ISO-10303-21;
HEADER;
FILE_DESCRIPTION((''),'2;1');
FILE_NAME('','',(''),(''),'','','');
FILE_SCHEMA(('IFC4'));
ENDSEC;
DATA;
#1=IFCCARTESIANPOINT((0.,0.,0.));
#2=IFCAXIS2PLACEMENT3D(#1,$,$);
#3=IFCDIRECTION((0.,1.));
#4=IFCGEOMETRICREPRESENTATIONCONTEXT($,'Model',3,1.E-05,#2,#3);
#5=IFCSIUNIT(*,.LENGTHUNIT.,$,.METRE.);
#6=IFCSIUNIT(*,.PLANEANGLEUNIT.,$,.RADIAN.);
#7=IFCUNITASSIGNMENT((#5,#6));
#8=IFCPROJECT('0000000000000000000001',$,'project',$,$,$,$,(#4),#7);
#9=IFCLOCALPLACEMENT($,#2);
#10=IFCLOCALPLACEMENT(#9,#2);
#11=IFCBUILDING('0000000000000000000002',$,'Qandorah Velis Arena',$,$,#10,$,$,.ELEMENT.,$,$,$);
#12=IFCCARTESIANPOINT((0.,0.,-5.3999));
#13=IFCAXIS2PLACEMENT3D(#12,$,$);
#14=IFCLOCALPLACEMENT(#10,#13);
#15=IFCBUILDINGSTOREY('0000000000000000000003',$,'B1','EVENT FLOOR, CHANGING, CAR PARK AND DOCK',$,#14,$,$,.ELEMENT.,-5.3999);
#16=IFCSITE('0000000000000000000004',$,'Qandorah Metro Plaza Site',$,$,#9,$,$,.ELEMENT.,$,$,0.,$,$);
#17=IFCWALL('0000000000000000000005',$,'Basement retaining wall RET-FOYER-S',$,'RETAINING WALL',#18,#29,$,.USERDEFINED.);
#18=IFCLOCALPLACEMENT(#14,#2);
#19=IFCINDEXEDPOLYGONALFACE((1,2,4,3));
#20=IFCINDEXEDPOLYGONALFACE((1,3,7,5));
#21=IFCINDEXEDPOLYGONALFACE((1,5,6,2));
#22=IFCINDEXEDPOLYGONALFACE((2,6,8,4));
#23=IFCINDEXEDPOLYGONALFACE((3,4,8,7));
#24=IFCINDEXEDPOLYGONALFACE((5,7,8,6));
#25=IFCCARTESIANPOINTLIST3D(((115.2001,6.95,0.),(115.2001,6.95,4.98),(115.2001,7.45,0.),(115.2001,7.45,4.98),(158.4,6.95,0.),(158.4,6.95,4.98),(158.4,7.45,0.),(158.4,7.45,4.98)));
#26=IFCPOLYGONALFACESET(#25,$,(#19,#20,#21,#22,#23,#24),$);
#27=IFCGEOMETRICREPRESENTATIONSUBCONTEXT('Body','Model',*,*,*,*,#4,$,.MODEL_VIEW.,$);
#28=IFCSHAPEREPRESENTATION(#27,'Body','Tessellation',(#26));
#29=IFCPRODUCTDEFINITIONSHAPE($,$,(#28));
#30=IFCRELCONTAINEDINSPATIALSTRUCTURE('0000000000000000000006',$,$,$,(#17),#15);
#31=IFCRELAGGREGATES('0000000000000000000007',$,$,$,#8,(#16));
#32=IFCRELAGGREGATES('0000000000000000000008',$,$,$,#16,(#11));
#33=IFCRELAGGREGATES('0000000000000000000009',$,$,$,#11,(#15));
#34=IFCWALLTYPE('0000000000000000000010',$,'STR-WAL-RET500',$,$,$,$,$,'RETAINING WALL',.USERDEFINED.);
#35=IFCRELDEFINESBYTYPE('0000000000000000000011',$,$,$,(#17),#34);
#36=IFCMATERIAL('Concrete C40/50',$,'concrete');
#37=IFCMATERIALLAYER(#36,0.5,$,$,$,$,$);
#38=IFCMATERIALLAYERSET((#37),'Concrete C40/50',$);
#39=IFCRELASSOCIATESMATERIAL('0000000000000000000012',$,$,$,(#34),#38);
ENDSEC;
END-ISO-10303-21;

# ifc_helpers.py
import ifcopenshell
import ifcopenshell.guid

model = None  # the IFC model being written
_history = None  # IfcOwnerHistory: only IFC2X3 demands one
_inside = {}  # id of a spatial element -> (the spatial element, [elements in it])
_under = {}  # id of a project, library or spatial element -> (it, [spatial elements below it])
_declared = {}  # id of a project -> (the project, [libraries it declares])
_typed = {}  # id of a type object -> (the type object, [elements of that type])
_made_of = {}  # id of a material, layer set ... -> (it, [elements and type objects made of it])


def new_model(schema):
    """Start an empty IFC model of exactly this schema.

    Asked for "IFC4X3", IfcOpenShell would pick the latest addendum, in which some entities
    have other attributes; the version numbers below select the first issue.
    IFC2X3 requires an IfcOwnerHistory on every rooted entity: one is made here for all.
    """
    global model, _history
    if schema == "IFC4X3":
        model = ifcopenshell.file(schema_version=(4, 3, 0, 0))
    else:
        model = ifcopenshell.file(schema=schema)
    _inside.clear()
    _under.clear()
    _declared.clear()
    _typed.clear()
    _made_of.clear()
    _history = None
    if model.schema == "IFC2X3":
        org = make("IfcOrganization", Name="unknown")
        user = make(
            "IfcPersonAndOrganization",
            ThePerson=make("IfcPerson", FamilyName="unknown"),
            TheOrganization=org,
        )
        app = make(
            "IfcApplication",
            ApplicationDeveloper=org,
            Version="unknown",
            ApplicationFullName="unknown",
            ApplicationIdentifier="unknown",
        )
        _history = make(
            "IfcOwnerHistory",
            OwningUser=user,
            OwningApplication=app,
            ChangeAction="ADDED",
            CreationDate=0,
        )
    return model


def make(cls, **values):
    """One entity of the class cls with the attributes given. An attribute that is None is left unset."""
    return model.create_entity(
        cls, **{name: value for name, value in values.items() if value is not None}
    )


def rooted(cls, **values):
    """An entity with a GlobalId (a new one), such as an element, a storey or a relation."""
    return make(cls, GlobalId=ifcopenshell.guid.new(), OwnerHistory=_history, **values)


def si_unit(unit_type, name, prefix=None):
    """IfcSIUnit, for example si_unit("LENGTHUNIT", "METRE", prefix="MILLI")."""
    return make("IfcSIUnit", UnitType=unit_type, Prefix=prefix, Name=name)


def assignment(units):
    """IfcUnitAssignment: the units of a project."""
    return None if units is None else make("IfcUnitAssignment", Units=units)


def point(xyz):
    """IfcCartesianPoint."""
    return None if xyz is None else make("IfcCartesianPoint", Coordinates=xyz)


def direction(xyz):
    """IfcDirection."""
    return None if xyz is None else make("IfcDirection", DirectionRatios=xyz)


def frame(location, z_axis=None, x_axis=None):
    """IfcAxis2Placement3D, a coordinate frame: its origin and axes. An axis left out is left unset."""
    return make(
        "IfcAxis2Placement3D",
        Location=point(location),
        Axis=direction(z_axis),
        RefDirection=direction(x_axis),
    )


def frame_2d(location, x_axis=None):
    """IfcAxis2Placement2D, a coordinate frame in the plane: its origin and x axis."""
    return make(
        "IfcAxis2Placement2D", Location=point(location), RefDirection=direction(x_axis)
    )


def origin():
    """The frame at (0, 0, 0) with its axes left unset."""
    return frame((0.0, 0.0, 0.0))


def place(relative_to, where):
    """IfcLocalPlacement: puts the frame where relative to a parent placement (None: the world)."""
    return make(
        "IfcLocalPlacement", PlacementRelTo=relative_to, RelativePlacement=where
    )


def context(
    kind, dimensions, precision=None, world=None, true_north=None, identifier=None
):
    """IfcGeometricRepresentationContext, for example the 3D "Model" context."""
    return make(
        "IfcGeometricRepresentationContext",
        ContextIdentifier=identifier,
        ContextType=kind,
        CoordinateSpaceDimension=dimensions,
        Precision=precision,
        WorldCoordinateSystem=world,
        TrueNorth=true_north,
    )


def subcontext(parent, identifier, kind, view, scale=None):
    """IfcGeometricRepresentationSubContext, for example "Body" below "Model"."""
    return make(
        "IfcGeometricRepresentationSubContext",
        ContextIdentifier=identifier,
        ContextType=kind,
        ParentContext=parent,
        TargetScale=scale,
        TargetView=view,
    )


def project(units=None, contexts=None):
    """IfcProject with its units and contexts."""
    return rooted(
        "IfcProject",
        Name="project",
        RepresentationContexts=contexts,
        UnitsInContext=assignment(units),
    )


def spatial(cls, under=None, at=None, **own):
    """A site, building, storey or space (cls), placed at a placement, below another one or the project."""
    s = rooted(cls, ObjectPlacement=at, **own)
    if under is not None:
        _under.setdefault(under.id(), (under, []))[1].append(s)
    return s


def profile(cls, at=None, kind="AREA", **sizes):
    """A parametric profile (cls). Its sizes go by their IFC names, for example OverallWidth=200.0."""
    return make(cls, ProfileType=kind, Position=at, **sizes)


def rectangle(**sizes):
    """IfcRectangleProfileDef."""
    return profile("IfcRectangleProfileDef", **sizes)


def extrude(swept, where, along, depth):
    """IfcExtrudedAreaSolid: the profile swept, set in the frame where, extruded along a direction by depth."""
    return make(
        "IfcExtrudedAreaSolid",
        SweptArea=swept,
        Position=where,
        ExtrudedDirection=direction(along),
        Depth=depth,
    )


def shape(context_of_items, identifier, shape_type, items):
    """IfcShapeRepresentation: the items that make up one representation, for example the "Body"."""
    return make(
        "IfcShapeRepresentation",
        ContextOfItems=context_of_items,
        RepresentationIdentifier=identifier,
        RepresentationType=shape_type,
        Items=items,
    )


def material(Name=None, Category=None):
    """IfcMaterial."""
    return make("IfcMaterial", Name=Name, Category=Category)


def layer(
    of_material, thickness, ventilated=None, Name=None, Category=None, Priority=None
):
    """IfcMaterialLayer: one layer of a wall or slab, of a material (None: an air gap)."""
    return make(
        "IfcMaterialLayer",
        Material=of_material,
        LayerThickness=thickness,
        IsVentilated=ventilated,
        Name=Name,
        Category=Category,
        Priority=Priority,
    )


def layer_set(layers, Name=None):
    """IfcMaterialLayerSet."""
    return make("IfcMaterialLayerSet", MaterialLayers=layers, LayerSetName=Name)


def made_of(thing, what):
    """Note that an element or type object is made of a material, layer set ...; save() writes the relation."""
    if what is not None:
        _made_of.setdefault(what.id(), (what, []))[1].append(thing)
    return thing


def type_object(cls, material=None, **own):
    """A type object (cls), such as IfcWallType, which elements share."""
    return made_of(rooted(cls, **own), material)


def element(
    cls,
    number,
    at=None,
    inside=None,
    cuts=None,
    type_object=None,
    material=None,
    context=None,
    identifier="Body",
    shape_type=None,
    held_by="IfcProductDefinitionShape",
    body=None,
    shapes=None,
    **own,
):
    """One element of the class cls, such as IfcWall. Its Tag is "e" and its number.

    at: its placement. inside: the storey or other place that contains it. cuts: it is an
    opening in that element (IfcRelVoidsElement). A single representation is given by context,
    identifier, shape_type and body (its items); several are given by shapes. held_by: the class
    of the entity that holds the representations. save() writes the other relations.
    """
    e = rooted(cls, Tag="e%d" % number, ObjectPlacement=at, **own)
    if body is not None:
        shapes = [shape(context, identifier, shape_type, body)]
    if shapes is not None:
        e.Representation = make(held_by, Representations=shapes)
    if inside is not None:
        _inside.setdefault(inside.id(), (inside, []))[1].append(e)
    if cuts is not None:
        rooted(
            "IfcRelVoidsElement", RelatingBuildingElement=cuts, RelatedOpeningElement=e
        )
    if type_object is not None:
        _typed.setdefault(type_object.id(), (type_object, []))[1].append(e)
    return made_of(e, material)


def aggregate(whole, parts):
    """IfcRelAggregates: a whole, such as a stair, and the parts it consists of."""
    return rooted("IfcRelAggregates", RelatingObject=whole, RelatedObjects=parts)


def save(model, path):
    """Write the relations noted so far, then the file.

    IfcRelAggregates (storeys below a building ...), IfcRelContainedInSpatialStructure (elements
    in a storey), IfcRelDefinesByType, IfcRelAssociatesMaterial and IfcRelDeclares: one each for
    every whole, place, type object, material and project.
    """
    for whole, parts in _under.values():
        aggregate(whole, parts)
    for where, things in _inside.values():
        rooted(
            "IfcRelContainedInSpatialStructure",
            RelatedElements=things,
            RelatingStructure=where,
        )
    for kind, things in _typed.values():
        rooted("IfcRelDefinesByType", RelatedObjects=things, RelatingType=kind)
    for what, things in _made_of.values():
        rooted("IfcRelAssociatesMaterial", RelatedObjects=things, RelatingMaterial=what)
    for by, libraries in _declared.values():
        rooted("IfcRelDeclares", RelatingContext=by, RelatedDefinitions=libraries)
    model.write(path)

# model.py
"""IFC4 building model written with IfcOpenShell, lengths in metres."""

from ifc_helpers import new_model, si_unit, direction, frame, frame_2d, origin, place, context, subcontext, project, spatial, rectangle, extrude, material, layer, layer_set, type_object, element, save


model = new_model("IFC4")

# Units and contexts
model_context = context("Model", 3, precision=1e-05, world=origin(), true_north=direction((0.0, 1.0)))
body_context = subcontext(model_context, "Body", "Model", "MODEL_VIEW")
ifc_project = project(units=[si_unit("LENGTHUNIT", "METRE"), si_unit("PLANEANGLEUNIT", "RADIAN")], contexts=[model_context])

# Site, building, storey
site_placement = place(None, origin())
site = spatial("IfcSite", under=ifc_project, at=site_placement, Name="Qandorah Metro Plaza Site", CompositionType="ELEMENT", RefElevation=0.0)
building_placement = place(site_placement, origin())
building = spatial("IfcBuilding", under=site, at=building_placement, Name="Qandorah Velis Arena", CompositionType="ELEMENT")
storey_placement = place(building_placement, frame((0.0, 0.0, -5.3999)))
storey = spatial("IfcBuildingStorey", under=building, at=storey_placement, Name="B1", Description="EVENT FLOOR, CHANGING, CAR PARK AND DOCK", CompositionType="ELEMENT", Elevation=-5.3999)

# Shared definitions
ifc_material_1 = material(Name="Concrete C40/50", Category="concrete")

# Wall
ifc_layer = layer(ifc_material_1, 0.5)
ifc_layer_set = layer_set([ifc_layer], Name="Concrete C40/50")
wall_type = type_object("IfcWallType", Name="STR-WAL-RET500", ElementType="RETAINING WALL", PredefinedType="USERDEFINED", material=ifc_layer_set)
wall_placement = place(storey_placement, frame((115.2, 7.2, 0.0), z_axis=(0.0, 0.0, 1.0), x_axis=(1.0, 0.0, 0.0)))
element("IfcWall", 1, at=wall_placement, inside=storey, type_object=wall_type, Name="Basement retaining wall RET-FOYER-S", ObjectType="RETAINING WALL", PredefinedType="USERDEFINED", context=body_context, shape_type="SweptSolid", body=[
    extrude(rectangle(XDim=43.2, YDim=0.5, at=frame_2d((21.6001, 0.0))), origin(), (0.0, 0.0, 1.0), 4.98),
])

save(model, "model.ifc")
